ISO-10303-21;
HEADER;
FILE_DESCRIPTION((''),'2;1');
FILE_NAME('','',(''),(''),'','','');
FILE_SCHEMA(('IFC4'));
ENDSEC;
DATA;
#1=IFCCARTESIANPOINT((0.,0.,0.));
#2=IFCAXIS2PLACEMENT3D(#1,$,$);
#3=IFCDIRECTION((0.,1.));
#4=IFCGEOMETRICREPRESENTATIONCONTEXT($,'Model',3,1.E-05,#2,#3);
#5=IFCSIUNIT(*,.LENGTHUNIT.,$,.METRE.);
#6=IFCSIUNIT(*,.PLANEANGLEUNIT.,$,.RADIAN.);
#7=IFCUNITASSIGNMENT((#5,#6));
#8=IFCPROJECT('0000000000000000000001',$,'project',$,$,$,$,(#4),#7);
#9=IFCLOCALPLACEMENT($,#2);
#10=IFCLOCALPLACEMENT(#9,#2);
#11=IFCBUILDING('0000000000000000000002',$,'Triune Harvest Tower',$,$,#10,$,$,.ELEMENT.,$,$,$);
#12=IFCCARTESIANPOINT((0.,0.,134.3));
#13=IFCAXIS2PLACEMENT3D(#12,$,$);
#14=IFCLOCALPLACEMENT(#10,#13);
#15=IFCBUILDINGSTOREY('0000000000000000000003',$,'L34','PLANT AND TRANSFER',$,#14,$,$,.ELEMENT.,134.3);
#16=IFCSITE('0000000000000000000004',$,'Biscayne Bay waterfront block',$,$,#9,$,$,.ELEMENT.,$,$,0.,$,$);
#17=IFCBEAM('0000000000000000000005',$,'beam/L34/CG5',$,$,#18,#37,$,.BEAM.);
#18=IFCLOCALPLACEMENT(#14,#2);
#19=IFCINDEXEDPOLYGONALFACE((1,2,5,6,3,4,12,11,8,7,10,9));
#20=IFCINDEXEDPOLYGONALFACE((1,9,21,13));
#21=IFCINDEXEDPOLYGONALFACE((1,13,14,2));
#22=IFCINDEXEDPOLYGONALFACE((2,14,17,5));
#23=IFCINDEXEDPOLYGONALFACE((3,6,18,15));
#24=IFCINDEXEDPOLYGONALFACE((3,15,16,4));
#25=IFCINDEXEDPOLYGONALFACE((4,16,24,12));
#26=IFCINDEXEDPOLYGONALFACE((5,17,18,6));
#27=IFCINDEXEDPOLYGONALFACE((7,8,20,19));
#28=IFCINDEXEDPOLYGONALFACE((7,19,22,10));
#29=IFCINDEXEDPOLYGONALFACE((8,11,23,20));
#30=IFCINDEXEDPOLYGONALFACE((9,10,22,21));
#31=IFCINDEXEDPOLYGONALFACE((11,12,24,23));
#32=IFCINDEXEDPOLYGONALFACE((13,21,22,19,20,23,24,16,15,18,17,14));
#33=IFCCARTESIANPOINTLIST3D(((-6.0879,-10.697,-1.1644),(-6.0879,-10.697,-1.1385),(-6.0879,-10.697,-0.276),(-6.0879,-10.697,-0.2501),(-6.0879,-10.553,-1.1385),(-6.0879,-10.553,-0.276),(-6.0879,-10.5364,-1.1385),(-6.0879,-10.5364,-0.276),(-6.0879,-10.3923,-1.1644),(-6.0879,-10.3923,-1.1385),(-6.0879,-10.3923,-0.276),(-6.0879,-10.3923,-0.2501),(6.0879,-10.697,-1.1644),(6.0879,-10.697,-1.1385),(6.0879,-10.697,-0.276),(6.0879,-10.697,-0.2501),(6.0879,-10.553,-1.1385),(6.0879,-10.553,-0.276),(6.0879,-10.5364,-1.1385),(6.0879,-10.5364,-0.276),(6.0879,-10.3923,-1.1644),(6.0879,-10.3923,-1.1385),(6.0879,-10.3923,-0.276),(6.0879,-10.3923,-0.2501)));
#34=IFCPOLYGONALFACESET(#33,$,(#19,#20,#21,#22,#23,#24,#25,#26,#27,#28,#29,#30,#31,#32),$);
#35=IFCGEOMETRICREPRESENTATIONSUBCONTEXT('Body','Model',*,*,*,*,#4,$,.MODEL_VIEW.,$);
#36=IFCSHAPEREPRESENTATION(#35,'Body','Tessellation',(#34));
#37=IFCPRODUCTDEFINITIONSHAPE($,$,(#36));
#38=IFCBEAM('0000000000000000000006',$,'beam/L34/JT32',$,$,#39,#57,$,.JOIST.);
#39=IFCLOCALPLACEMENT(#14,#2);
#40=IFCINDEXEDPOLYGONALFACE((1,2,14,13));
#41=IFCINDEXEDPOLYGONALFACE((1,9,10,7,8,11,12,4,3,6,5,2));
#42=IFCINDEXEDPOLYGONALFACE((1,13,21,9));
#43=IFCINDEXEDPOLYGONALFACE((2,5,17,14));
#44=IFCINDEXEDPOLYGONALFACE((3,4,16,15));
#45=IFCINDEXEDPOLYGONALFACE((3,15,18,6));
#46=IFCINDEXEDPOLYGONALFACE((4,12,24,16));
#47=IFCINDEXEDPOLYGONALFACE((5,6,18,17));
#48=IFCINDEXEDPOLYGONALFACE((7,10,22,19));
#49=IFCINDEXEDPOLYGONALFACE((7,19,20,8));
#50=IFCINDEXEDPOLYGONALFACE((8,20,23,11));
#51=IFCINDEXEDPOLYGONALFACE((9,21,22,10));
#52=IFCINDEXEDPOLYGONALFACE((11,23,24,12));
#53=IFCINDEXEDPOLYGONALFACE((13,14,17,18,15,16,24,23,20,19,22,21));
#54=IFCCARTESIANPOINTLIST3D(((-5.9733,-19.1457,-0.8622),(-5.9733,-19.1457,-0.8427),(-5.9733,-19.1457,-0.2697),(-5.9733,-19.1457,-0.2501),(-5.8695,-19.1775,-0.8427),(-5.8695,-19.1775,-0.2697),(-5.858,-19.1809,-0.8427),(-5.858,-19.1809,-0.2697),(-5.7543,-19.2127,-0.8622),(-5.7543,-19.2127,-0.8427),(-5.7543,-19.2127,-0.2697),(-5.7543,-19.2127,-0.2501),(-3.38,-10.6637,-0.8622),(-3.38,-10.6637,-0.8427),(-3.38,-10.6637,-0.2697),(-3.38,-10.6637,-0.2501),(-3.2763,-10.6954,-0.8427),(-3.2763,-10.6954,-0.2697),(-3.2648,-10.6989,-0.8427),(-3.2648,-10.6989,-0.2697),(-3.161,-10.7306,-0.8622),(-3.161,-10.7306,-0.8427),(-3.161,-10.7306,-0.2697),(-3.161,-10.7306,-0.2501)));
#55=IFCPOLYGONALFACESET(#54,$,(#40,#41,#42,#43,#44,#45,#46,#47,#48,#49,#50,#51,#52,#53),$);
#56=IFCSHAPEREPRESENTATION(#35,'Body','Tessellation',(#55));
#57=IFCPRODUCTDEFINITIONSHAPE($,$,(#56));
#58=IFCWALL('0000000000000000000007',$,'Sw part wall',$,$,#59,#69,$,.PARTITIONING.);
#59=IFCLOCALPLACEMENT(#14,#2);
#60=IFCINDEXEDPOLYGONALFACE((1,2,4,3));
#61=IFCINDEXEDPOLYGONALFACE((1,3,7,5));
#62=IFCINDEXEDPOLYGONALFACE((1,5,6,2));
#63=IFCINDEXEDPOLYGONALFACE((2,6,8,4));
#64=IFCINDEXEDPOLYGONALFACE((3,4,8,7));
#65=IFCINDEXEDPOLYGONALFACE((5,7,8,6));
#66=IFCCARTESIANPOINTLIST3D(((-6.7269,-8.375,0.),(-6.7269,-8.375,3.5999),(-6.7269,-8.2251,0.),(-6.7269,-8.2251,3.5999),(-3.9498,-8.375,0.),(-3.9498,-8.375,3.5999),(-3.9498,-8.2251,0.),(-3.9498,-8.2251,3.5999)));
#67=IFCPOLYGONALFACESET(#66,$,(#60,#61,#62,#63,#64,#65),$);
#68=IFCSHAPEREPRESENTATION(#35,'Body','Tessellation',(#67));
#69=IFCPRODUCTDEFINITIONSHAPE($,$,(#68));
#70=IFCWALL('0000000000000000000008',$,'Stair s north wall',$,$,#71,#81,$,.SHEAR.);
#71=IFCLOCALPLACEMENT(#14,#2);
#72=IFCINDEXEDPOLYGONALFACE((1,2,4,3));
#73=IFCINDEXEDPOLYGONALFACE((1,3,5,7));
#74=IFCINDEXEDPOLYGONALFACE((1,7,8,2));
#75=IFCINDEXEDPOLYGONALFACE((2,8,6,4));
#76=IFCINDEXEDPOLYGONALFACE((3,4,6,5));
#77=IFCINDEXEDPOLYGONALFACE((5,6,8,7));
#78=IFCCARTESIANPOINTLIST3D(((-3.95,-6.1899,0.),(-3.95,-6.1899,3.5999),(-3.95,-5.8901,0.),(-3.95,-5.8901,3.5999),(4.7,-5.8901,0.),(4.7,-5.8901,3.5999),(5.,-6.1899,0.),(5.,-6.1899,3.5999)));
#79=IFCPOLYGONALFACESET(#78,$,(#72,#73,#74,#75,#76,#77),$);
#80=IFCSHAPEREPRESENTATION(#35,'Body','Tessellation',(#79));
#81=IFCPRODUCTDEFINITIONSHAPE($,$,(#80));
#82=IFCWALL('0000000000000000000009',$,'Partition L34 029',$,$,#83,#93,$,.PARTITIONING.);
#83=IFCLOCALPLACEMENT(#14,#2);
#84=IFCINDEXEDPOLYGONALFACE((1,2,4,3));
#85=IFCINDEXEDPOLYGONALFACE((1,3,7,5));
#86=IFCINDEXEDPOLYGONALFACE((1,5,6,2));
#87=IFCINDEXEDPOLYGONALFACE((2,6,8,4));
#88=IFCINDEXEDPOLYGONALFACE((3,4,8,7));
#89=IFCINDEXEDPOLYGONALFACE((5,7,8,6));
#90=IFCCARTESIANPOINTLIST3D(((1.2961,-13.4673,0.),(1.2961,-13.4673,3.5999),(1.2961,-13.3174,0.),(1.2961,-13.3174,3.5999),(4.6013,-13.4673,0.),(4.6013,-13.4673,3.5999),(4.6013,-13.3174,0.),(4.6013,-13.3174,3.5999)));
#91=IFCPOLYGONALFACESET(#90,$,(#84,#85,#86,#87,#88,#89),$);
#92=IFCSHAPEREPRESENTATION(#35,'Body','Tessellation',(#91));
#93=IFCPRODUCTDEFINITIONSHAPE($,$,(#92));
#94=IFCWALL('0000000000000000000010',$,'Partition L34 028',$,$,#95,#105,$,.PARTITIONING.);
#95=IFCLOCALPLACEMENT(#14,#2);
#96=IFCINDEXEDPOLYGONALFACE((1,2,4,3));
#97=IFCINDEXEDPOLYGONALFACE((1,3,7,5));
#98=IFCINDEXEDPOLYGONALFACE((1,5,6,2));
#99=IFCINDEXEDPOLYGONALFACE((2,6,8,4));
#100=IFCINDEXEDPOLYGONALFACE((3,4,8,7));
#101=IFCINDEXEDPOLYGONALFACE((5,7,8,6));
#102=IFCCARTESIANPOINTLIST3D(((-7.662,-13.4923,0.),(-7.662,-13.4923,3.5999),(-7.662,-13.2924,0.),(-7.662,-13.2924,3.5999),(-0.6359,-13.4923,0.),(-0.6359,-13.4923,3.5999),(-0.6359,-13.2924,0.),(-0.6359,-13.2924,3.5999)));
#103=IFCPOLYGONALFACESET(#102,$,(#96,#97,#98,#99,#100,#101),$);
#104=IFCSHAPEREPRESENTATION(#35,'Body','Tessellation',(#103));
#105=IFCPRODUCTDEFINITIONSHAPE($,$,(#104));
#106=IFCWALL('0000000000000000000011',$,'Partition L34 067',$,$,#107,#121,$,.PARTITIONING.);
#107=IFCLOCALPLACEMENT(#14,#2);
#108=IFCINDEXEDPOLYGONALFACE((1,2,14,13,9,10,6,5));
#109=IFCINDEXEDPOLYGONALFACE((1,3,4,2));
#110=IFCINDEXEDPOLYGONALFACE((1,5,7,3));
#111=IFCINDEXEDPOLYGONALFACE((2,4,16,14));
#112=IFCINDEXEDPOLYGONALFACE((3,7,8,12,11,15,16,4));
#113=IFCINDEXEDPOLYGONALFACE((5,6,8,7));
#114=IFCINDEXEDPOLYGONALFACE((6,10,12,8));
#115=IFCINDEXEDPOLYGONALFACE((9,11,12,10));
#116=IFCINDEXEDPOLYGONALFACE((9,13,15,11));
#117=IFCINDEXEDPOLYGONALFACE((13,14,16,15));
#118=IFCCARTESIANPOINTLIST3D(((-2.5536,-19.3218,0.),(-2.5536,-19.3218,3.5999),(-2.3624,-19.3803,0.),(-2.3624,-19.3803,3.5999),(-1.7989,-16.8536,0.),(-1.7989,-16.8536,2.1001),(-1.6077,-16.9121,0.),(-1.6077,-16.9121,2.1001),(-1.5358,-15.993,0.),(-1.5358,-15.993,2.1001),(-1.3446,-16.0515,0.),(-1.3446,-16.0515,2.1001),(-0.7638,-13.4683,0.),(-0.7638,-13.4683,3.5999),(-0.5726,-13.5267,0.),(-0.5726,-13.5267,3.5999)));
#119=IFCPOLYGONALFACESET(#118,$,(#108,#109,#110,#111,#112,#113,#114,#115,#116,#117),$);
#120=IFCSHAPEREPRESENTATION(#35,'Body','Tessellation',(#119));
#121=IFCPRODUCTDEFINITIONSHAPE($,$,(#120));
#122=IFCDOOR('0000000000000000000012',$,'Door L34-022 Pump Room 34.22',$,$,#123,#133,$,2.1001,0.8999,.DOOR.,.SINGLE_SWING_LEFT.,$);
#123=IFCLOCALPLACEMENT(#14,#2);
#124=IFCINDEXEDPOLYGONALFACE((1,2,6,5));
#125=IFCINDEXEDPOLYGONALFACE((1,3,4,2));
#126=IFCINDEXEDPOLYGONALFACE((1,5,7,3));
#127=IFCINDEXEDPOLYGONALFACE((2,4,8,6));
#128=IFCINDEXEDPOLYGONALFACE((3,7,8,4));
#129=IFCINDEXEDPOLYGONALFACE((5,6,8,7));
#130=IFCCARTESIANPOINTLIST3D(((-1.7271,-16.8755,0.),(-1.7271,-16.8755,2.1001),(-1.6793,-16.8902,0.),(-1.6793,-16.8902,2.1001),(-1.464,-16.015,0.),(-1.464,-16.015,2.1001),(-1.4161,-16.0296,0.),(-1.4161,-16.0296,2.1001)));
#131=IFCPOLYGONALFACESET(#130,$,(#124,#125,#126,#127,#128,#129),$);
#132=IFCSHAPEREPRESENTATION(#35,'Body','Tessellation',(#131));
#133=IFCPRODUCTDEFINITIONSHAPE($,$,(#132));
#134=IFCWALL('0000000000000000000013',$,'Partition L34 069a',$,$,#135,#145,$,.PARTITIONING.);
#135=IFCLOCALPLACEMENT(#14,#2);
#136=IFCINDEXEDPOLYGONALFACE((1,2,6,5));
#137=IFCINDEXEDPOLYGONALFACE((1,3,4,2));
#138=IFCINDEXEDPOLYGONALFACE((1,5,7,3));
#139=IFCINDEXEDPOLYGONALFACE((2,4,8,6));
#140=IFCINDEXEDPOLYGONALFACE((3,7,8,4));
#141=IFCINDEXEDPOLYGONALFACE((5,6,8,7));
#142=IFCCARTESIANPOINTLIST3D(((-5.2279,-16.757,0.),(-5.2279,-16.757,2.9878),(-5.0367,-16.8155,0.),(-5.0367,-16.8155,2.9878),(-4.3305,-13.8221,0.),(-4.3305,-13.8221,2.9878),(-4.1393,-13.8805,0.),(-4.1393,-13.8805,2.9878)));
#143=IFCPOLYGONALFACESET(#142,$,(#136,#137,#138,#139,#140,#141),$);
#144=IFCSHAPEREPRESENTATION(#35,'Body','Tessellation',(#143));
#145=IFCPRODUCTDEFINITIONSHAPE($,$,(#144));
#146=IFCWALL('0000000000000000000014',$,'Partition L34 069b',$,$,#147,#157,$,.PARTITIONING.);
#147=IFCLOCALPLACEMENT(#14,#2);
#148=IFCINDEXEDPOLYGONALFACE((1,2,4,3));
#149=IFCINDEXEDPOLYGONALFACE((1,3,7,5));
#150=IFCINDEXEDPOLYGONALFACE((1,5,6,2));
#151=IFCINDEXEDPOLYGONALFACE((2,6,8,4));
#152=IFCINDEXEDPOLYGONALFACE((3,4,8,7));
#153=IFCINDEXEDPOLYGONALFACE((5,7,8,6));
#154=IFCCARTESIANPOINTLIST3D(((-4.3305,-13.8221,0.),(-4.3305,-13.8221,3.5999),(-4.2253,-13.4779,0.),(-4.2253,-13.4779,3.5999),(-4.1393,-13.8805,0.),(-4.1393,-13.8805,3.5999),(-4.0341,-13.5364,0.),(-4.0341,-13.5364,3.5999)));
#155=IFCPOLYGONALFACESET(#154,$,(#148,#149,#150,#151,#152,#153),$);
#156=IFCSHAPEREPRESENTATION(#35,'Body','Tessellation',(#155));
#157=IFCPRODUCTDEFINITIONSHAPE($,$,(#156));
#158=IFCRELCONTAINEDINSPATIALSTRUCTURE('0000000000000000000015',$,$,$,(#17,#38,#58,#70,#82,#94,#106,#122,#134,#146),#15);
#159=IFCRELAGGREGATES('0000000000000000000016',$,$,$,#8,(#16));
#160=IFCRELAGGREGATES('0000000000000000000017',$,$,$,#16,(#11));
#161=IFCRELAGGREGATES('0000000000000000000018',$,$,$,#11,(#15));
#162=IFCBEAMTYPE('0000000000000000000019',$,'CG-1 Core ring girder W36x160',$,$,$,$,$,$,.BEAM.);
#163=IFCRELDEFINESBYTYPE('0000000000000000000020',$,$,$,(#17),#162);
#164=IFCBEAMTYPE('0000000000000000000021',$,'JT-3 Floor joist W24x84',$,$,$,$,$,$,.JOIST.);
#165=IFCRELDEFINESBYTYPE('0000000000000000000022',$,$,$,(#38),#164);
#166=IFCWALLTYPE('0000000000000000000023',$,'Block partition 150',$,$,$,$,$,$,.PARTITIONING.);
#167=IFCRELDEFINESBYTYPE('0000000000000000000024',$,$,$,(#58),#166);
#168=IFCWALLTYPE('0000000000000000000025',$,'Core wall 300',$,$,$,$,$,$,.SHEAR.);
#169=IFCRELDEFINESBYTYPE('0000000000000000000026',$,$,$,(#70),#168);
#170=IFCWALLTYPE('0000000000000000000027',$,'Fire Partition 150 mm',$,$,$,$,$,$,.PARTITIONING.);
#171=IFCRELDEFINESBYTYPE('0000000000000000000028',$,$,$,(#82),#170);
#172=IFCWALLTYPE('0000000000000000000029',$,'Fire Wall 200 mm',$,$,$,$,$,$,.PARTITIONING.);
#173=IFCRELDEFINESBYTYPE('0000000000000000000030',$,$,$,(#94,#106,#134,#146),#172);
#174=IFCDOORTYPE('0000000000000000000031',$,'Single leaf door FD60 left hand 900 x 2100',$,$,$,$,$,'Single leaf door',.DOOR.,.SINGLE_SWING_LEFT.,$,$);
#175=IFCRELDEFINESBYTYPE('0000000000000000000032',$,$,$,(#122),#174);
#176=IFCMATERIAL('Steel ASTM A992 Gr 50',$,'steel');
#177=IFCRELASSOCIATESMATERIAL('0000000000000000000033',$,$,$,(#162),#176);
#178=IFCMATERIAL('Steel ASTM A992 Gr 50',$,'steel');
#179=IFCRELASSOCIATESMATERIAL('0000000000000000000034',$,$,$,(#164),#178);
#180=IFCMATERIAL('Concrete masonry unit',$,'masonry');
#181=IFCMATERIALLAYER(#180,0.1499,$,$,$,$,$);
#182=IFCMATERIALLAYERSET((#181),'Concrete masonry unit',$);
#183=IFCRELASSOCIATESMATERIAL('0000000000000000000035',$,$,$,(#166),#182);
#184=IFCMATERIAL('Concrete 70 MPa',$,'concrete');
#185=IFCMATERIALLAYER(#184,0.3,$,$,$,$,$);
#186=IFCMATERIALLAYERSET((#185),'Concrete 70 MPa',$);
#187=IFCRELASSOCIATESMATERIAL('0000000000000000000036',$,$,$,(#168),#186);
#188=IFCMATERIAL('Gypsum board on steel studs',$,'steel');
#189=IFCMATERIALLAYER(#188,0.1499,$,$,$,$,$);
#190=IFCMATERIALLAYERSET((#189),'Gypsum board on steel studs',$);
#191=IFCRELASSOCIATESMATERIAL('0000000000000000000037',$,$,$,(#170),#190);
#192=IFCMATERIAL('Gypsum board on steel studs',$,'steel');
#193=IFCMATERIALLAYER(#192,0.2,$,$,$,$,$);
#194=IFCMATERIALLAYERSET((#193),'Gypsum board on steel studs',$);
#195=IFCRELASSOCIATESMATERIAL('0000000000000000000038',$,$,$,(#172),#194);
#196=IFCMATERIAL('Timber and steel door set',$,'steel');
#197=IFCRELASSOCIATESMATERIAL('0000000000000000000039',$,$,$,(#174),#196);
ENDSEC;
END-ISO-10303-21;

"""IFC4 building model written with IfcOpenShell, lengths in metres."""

from ifc_helpers import new_model, si_unit, direction, frame, frame_2d, origin, origin_2d, place, context, subcontext, project, spatial, polyline, rectangle, i_section, outline, extrude, source, transform, mapped, material, layer, layer_set, material_profile, profile_set, type_object, element, fill, save


model = new_model("IFC4")

# Units and contexts
model_context = context("Model", 3, precision=1e-05, world=origin(), true_north=direction((0.0, 1.0)))
body_context = subcontext(model_context, "Body", "Model", "MODEL_VIEW")
ifc_project = project(units=[si_unit("LENGTHUNIT", "METRE"), si_unit("PLANEANGLEUNIT", "RADIAN")], contexts=[model_context])

# Site, building, storey
site_placement = place(None, origin())
site = spatial("IfcSite", under=ifc_project, at=site_placement, Name="Biscayne Bay waterfront block", CompositionType="ELEMENT", RefElevation=0.0)
building_placement = place(site_placement, origin())
building = spatial("IfcBuilding", under=site, at=building_placement, Name="Triune Harvest Tower", CompositionType="ELEMENT")
storey_placement = place(building_placement, frame((0.0, 0.0, 134.3)))
storey = spatial("IfcBuildingStorey", under=building, at=storey_placement, Name="L34", Description="PLANT AND TRANSFER", CompositionType="ELEMENT", Elevation=134.3)

# Beams
ifc_material_1 = material(Name="Steel ASTM A992 Gr 50", Category="steel")
ifc_material_profile_1 = material_profile(ifc_material_1, i_section(OverallWidth=0.3047, OverallDepth=0.9143, WebThickness=0.0166, FlangeThickness=0.0259, at=origin_2d()), Name="W36x160")
ifc_profile_set_1 = profile_set([ifc_material_profile_1], Name="Steel ASTM A992 Gr 50")
beam_type_1 = type_object("IfcBeamType", Name="CG-1 Core ring girder W36x160", PredefinedType="BEAM", material=ifc_profile_set_1)
shared_shape_1 = source(origin(), body_context, "Body", "SweptSolid", [
    extrude(i_section(OverallWidth=0.3047, OverallDepth=0.9143, WebThickness=0.0166, FlangeThickness=0.0259, at=origin_2d()), origin(), (0.0, 0.0, 1.0), 12.1758),
])
beam_1_placement = place(storey_placement, frame((-6.0879, -10.5447, -0.7073), z_axis=(1.0, 0.0, 0.0), x_axis=(0.0, 1.0, 0.0)))
element("IfcBeam", 1, at=beam_1_placement, inside=storey, type_object=beam_type_1, Name="beam/L34/CG5", PredefinedType="BEAM", context=body_context, shape_type="MappedRepresentation", body=[
    mapped(shared_shape_1, transform((0.0, 0.0, 0.0), scale=1.0)),
])
ifc_material_2 = material(Name="Steel ASTM A992 Gr 50", Category="steel")
ifc_material_profile_2 = material_profile(ifc_material_2, i_section(OverallWidth=0.229, OverallDepth=0.6121, WebThickness=0.012, FlangeThickness=0.0195, at=origin_2d()), Name="W24x84")
ifc_profile_set_2 = profile_set([ifc_material_profile_2], Name="Steel ASTM A992 Gr 50")
beam_type_2 = type_object("IfcBeamType", Name="JT-3 Floor joist W24x84", PredefinedType="JOIST", material=ifc_profile_set_2)
shared_shape_2 = source(origin(), body_context, "Body", "SweptSolid", [
    extrude(i_section(OverallWidth=0.229, OverallDepth=0.6121, WebThickness=0.012, FlangeThickness=0.0195, at=origin_2d()), origin(), (0.0, 0.0, 1.0), 8.8696),
])
beam_2_placement = place(storey_placement, frame((-5.8638, -19.1792, -0.5562), z_axis=(0.292372, 0.956305, 0.0), x_axis=(-0.956305, 0.292372, 0.0)))
element("IfcBeam", 2, at=beam_2_placement, inside=storey, type_object=beam_type_2, Name="beam/L34/JT32", PredefinedType="JOIST", context=body_context, shape_type="MappedRepresentation", body=[
    mapped(shared_shape_2, transform((0.0, 0.0, 0.0), scale=1.0)),
])

# Walls
ifc_material_3 = material(Name="Concrete masonry unit", Category="masonry")
ifc_layer_1 = layer(ifc_material_3, 0.1499)
ifc_layer_set_1 = layer_set([ifc_layer_1], Name="Concrete masonry unit")
wall_type_1 = type_object("IfcWallType", Name="Block partition 150", PredefinedType="PARTITIONING", material=ifc_layer_set_1)
wall_1_placement = place(storey_placement, frame((-6.7271, -8.3, 0.0), z_axis=(0.0, 0.0, 1.0), x_axis=(1.0, 0.0, 0.0)))
element("IfcWall", 3, at=wall_1_placement, inside=storey, type_object=wall_type_1, Name="Sw part wall", PredefinedType="PARTITIONING", context=body_context, shape_type="SweptSolid", body=[
    extrude(rectangle(XDim=2.7771, YDim=0.1499, at=frame_2d((1.3887, 0.0))), origin(), (0.0, 0.0, 1.0), 3.5999),
])
ifc_material_4 = material(Name="Concrete 70 MPa", Category="concrete")
ifc_layer_2 = layer(ifc_material_4, 0.3)
ifc_layer_set_2 = layer_set([ifc_layer_2], Name="Concrete 70 MPa")
wall_type_2 = type_object("IfcWallType", Name="Core wall 300", PredefinedType="SHEAR", material=ifc_layer_set_2)
wall_2_placement = place(storey_placement, frame((-3.95, -6.04, 0.0), z_axis=(0.0, 0.0, 1.0), x_axis=(1.0, 0.0, 0.0)))
element("IfcWall", 4, at=wall_2_placement, inside=storey, type_object=wall_type_2, Name="Stair s north wall", PredefinedType="SHEAR", context=body_context, shape_type="SweptSolid", body=[
    extrude(outline(polyline([(0.0, -0.1499), (8.95, -0.1499), (8.6499, 0.1499), (0.0, 0.1499), (0.0, -0.1499)])), origin(), (0.0, 0.0, 1.0), 3.5999),
])
ifc_material_5 = material(Name="Gypsum board on steel studs", Category="steel")
ifc_layer_3 = layer(ifc_material_5, 0.1499)
ifc_layer_set_3 = layer_set([ifc_layer_3], Name="Gypsum board on steel studs")
wall_type_3 = type_object("IfcWallType", Name="Fire Partition 150 mm", PredefinedType="PARTITIONING", material=ifc_layer_set_3)
wall_3_placement = place(storey_placement, frame((1.2961, -13.3923, 0.0), z_axis=(0.0, 0.0, 1.0), x_axis=(1.0, 0.0, 0.0)))
element("IfcWall", 5, at=wall_3_placement, inside=storey, type_object=wall_type_3, Name="Partition L34 029", PredefinedType="PARTITIONING", context=body_context, shape_type="SweptSolid", body=[
    extrude(rectangle(XDim=3.3052, YDim=0.1499, at=frame_2d((1.6526, 0.0))), origin(), (0.0, 0.0, 1.0), 3.5999),
])
ifc_material_6 = material(Name="Gypsum board on steel studs", Category="steel")
ifc_layer_4 = layer(ifc_material_6, 0.2)
ifc_layer_set_4 = layer_set([ifc_layer_4], Name="Gypsum board on steel studs")
wall_type_4 = type_object("IfcWallType", Name="Fire Wall 200 mm", PredefinedType="PARTITIONING", material=ifc_layer_set_4)
wall_4_placement = place(storey_placement, frame((-7.6621, -13.3923, 0.0), z_axis=(0.0, 0.0, 1.0), x_axis=(1.0, 0.0, 0.0)))
element("IfcWall", 6, at=wall_4_placement, inside=storey, type_object=wall_type_4, Name="Partition L34 028", PredefinedType="PARTITIONING", context=body_context, shape_type="SweptSolid", body=[
    extrude(rectangle(XDim=7.0261, YDim=0.2, at=frame_2d((3.5132, 0.0))), origin(), (0.0, 0.0, 1.0), 3.5999),
])

# Wall, opening, door
wall_5_placement = place(storey_placement, frame((-2.458, -19.3511, 0.0), z_axis=(0.0, 0.0, 1.0), x_axis=(0.292401, 0.956296, 0.0)))
wall_5 = element("IfcWall", 7, at=wall_5_placement, inside=storey, type_object=wall_type_4, Name="Partition L34 067", PredefinedType="PARTITIONING", context=body_context, shape_type="SweptSolid", body=[
    extrude(rectangle(XDim=6.1211, YDim=0.2, at=frame_2d((3.0605, 0.0))), origin(), (0.0, 0.0, 1.0), 3.5999),
])
opening_1_placement = place(wall_5_placement, frame((2.5811, 0.0, 0.0)))
opening_1 = element("IfcOpeningElement", 8, at=opening_1_placement, cuts=wall_5, PredefinedType="OPENING", context=body_context, shape_type="SweptSolid", body=[
    extrude(rectangle(XDim=0.8999, YDim=2.1001, at=frame_2d((0.45, 1.05))), frame((0.0, 0.1099, 0.0), z_axis=(0.0, -1.0, 0.0), x_axis=(1.0, 0.0, 0.0)), (0.0, 0.0, 1.0), 0.22),
])
ifc_material_7 = material(Name="Timber and steel door set", Category="steel")
door_type_1 = type_object("IfcDoorType", Name="Single leaf door FD60 left hand 900 x 2100", ElementType="Single leaf door", OperationType="SINGLE_SWING_LEFT", PredefinedType="DOOR", material=ifc_material_7)
door_1_placement = place(opening_1_placement, origin())
door_1 = element("IfcDoor", 9, at=door_1_placement, inside=storey, type_object=door_type_1, Name="Door L34-022 Pump Room 34.22", OperationType="SINGLE_SWING_LEFT", OverallHeight=2.1001, OverallWidth=0.8999, PredefinedType="DOOR", context=body_context, shape_type="SweptSolid", body=[
    extrude(rectangle(XDim=0.8999, YDim=2.1001, at=frame_2d((0.45, 1.05))), frame((0.0, 0.0249, 0.0), z_axis=(0.0, -1.0, 0.0), x_axis=(1.0, 0.0, 0.0)), (0.0, 0.0, 1.0), 0.05),
])
fill(opening_1, door_1)

# Walls
wall_6_placement = place(storey_placement, frame((-5.1323, -16.7864, 0.0), z_axis=(0.0, 0.0, 1.0), x_axis=(0.292408, 0.956294, 0.0)))
element("IfcWall", 10, at=wall_6_placement, inside=storey, type_object=wall_type_4, Name="Partition L34 069a", PredefinedType="PARTITIONING", context=body_context, shape_type="SweptSolid", body=[
    extrude(rectangle(XDim=3.0691, YDim=0.2, at=frame_2d((1.5347, 0.0))), origin(), (0.0, 0.0, 1.0), 2.9878),
])
wall_7_placement = place(storey_placement, frame((-4.2349, -13.8513, 0.0), z_axis=(0.0, 0.0, 1.0), x_axis=(0.292322, 0.95632, 0.0)))
element("IfcWall", 11, at=wall_7_placement, inside=storey, type_object=wall_type_4, Name="Partition L34 069b", PredefinedType="PARTITIONING", context=body_context, shape_type="SweptSolid", body=[
    extrude(rectangle(XDim=0.3599, YDim=0.2, at=frame_2d((0.1799, 0.0))), origin(), (0.0, 0.0, 1.0), 3.5999),
])

save(model, "model.ifc")
